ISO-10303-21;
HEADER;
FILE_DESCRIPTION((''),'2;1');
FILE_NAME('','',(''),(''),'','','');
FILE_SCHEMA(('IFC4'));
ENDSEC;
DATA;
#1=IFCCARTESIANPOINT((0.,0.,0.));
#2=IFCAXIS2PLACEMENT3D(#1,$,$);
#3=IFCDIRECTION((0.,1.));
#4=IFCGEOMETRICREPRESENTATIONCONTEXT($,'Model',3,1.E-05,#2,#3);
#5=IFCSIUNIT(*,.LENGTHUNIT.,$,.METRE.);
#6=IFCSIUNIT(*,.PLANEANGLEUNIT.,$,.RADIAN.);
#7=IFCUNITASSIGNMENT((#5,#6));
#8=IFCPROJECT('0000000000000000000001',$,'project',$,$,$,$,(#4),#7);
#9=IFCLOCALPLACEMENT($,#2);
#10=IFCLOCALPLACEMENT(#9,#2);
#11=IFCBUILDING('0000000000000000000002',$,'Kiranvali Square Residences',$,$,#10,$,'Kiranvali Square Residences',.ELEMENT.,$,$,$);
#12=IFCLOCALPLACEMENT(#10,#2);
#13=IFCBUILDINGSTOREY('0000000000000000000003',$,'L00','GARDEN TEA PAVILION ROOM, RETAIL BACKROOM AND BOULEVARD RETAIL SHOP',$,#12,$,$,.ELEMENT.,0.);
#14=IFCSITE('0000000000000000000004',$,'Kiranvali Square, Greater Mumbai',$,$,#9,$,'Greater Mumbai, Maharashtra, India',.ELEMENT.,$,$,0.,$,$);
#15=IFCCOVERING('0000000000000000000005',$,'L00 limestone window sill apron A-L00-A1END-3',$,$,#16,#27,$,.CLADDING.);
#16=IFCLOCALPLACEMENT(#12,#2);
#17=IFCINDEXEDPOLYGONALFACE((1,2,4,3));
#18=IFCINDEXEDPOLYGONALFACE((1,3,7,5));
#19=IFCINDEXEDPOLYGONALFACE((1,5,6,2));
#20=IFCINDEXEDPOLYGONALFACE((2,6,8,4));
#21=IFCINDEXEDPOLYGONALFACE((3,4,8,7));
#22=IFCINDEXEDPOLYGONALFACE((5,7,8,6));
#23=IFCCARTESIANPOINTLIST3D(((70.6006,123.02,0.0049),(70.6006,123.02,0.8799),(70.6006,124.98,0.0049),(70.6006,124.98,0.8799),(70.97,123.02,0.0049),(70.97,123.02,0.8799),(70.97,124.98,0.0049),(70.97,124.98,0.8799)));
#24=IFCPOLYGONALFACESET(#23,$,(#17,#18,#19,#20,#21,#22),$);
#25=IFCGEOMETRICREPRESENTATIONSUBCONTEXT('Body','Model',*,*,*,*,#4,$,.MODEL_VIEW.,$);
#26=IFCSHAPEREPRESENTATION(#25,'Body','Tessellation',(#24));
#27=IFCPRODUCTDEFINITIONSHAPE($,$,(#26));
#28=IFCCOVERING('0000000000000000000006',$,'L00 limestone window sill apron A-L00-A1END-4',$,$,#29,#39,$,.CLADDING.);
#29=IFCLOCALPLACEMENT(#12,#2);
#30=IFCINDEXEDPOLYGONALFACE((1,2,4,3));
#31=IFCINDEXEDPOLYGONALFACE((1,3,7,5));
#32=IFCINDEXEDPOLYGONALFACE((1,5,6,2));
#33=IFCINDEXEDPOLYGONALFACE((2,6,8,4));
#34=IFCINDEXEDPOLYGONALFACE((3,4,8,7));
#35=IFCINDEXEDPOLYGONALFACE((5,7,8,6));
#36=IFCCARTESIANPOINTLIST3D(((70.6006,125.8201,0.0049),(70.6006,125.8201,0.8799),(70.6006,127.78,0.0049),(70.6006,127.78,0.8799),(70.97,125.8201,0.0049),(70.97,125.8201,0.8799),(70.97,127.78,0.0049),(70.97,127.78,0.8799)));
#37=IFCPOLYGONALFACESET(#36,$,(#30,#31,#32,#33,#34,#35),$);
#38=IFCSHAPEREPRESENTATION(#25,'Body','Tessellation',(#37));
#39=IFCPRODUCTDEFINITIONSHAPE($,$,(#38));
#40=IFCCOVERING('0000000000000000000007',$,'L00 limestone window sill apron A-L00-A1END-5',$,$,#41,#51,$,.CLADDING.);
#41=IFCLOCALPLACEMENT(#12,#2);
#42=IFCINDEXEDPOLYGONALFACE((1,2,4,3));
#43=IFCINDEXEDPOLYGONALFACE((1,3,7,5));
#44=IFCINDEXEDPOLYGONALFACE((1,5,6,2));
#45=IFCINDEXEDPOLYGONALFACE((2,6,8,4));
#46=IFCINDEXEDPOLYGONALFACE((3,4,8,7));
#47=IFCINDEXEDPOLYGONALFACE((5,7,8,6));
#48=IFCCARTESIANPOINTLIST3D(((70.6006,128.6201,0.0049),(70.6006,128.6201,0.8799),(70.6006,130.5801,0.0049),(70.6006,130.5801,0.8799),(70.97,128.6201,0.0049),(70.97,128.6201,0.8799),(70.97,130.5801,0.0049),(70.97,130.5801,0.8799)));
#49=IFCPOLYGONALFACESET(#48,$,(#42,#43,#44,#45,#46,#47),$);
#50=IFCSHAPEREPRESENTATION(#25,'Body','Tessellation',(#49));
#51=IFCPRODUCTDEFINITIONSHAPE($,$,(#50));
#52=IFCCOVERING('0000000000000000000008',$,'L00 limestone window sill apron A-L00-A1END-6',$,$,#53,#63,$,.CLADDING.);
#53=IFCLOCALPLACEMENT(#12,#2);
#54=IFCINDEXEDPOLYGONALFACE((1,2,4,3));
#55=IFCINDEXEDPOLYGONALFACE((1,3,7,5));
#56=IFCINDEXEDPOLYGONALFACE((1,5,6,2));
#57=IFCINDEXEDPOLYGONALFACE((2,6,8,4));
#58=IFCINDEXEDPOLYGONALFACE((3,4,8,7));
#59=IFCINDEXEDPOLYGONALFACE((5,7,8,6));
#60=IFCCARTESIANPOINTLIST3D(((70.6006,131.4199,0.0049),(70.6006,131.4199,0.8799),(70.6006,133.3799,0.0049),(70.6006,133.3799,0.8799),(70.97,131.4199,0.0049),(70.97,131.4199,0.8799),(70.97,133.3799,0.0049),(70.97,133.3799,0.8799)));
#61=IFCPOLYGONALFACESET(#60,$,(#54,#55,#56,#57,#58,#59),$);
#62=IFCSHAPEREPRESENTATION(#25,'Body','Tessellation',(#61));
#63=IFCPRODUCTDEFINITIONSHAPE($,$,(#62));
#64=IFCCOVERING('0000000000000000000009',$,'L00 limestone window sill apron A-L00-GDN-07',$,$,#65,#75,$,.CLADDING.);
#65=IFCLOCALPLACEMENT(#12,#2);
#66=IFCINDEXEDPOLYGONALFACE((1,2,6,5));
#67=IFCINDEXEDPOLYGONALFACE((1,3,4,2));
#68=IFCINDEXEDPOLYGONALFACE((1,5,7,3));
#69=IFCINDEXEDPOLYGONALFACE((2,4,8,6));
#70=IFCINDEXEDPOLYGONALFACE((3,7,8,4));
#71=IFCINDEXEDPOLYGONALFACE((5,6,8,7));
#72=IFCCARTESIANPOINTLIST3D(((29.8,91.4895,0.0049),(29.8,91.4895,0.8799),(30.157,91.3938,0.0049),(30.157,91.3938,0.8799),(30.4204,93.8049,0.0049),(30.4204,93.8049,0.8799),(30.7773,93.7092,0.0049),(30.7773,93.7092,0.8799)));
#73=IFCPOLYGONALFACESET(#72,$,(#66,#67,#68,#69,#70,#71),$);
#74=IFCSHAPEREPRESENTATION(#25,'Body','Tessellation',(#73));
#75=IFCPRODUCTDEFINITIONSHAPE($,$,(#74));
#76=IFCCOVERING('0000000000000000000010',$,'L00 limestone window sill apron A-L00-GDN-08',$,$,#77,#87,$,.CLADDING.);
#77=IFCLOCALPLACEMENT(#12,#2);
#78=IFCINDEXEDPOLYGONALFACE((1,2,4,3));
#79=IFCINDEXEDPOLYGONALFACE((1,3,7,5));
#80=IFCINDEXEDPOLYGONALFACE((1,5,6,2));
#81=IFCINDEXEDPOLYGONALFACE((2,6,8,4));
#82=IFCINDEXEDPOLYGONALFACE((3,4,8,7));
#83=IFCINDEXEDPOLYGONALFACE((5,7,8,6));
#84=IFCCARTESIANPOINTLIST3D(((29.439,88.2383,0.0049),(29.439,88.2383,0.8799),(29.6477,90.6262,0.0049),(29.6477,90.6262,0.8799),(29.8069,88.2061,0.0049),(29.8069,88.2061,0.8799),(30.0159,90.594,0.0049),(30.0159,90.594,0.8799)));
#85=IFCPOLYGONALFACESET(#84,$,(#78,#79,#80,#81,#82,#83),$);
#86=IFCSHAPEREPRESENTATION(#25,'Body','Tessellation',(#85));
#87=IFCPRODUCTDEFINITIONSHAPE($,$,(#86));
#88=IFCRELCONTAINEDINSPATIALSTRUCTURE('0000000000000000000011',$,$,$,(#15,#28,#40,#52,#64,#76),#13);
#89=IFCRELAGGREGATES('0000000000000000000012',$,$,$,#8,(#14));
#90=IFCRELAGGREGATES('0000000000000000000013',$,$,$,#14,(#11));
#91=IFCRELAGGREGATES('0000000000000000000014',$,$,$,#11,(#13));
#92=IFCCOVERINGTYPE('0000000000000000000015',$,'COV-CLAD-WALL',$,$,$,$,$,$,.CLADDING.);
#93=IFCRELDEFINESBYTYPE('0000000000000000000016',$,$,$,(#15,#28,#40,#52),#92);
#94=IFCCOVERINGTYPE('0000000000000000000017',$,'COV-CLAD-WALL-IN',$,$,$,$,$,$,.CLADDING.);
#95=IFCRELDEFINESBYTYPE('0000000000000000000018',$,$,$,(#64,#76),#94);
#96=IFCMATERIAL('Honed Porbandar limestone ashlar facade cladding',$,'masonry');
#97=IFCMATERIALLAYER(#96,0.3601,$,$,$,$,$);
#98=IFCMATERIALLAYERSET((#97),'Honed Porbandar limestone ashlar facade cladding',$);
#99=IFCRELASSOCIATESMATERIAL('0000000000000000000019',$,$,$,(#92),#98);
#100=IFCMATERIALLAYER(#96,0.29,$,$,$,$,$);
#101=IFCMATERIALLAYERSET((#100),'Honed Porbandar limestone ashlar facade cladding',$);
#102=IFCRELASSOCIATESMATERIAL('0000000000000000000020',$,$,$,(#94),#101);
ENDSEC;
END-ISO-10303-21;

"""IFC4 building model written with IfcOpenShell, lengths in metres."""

from ifc_helpers import new_model, si_unit, direction, frame, origin, place, context, subcontext, project, spatial, polyline, outline, extrude, material, layer, layer_set, type_object, element, save


model = new_model("IFC4")

# Units and contexts
model_context = context("Model", 3, precision=1e-05, world=origin(), true_north=direction((0.0, 1.0)))
body_context = subcontext(model_context, "Body", "Model", "MODEL_VIEW")
ifc_project = project(units=[si_unit("LENGTHUNIT", "METRE"), si_unit("PLANEANGLEUNIT", "RADIAN")], contexts=[model_context])

# Site, building, storey
site_placement = place(None, origin())
site = spatial("IfcSite", under=ifc_project, at=site_placement, Name="Kiranvali Square, Greater Mumbai", LongName="Greater Mumbai, Maharashtra, India", CompositionType="ELEMENT", RefElevation=0.0)
building_placement = place(site_placement, origin())
building = spatial("IfcBuilding", under=site, at=building_placement, Name="Kiranvali Square Residences", LongName="Kiranvali Square Residences", CompositionType="ELEMENT")
storey_placement = place(building_placement, origin())
storey = spatial("IfcBuildingStorey", under=building, at=storey_placement, Name="L00", Description="GARDEN TEA PAVILION ROOM, RETAIL BACKROOM AND BOULEVARD RETAIL SHOP", CompositionType="ELEMENT", Elevation=0.0)

# Coverings
ifc_material_1 = material(Name="Honed Porbandar limestone ashlar facade cladding", Category="masonry")
ifc_layer_1 = layer(ifc_material_1, 0.3601)
ifc_layer_set_1 = layer_set([ifc_layer_1], Name="Honed Porbandar limestone ashlar facade cladding")
covering_type_1 = type_object("IfcCoveringType", Name="COV-CLAD-WALL", PredefinedType="CLADDING", material=ifc_layer_set_1)
covering_1_placement = place(storey_placement, frame((0.0, 0.0, 0.0049)))
element("IfcCovering", 1, at=covering_1_placement, inside=storey, type_object=covering_type_1, Name="L00 limestone window sill apron A-L00-A1END-3", PredefinedType="CLADDING", context=body_context, shape_type="SweptSolid", body=[
    extrude(outline(polyline([(70.97, 123.02), (70.97, 124.98), (70.6006, 124.98), (70.6006, 123.02), (70.97, 123.02)])), origin(), (0.0, 0.0, 1.0), 0.875),
])
covering_2_placement = place(storey_placement, frame((0.0, 0.0, 0.0049)))
element("IfcCovering", 2, at=covering_2_placement, inside=storey, type_object=covering_type_1, Name="L00 limestone window sill apron A-L00-A1END-4", PredefinedType="CLADDING", context=body_context, shape_type="SweptSolid", body=[
    extrude(outline(polyline([(70.97, 125.8201), (70.97, 127.78), (70.6006, 127.78), (70.6006, 125.8201), (70.97, 125.8201)])), origin(), (0.0, 0.0, 1.0), 0.875),
])
covering_3_placement = place(storey_placement, frame((0.0, 0.0, 0.0049)))
element("IfcCovering", 3, at=covering_3_placement, inside=storey, type_object=covering_type_1, Name="L00 limestone window sill apron A-L00-A1END-5", PredefinedType="CLADDING", context=body_context, shape_type="SweptSolid", body=[
    extrude(outline(polyline([(70.97, 128.6201), (70.97, 130.5801), (70.6006, 130.5801), (70.6006, 128.6201), (70.97, 128.6201)])), origin(), (0.0, 0.0, 1.0), 0.875),
])
covering_4_placement = place(storey_placement, frame((0.0, 0.0, 0.0049)))
element("IfcCovering", 4, at=covering_4_placement, inside=storey, type_object=covering_type_1, Name="L00 limestone window sill apron A-L00-A1END-6", PredefinedType="CLADDING", context=body_context, shape_type="SweptSolid", body=[
    extrude(outline(polyline([(70.97, 131.4199), (70.97, 133.3799), (70.6006, 133.3799), (70.6006, 131.4199), (70.97, 131.4199)])), origin(), (0.0, 0.0, 1.0), 0.875),
])
ifc_layer_2 = layer(ifc_material_1, 0.29)
ifc_layer_set_2 = layer_set([ifc_layer_2], Name="Honed Porbandar limestone ashlar facade cladding")
covering_type_2 = type_object("IfcCoveringType", Name="COV-CLAD-WALL-IN", PredefinedType="CLADDING", material=ifc_layer_set_2)
covering_5_placement = place(storey_placement, frame((0.0, 0.0, 0.0049)))
element("IfcCovering", 5, at=covering_5_placement, inside=storey, type_object=covering_type_2, Name="L00 limestone window sill apron A-L00-GDN-07", PredefinedType="CLADDING", context=body_context, shape_type="SweptSolid", body=[
    extrude(outline(polyline([(30.4204, 93.8049), (29.8, 91.4895), (30.157, 91.3938), (30.7773, 93.7092), (30.4204, 93.8049)])), origin(), (0.0, 0.0, 1.0), 0.875),
])
covering_6_placement = place(storey_placement, frame((0.0, 0.0, 0.0049)))
element("IfcCovering", 6, at=covering_6_placement, inside=storey, type_object=covering_type_2, Name="L00 limestone window sill apron A-L00-GDN-08", PredefinedType="CLADDING", context=body_context, shape_type="SweptSolid", body=[
    extrude(outline(polyline([(29.6477, 90.6262), (29.439, 88.2383), (29.8069, 88.2061), (30.0159, 90.594), (29.6477, 90.6262)])), origin(), (0.0, 0.0, 1.0), 0.875),
])

save(model, "model.ifc")
